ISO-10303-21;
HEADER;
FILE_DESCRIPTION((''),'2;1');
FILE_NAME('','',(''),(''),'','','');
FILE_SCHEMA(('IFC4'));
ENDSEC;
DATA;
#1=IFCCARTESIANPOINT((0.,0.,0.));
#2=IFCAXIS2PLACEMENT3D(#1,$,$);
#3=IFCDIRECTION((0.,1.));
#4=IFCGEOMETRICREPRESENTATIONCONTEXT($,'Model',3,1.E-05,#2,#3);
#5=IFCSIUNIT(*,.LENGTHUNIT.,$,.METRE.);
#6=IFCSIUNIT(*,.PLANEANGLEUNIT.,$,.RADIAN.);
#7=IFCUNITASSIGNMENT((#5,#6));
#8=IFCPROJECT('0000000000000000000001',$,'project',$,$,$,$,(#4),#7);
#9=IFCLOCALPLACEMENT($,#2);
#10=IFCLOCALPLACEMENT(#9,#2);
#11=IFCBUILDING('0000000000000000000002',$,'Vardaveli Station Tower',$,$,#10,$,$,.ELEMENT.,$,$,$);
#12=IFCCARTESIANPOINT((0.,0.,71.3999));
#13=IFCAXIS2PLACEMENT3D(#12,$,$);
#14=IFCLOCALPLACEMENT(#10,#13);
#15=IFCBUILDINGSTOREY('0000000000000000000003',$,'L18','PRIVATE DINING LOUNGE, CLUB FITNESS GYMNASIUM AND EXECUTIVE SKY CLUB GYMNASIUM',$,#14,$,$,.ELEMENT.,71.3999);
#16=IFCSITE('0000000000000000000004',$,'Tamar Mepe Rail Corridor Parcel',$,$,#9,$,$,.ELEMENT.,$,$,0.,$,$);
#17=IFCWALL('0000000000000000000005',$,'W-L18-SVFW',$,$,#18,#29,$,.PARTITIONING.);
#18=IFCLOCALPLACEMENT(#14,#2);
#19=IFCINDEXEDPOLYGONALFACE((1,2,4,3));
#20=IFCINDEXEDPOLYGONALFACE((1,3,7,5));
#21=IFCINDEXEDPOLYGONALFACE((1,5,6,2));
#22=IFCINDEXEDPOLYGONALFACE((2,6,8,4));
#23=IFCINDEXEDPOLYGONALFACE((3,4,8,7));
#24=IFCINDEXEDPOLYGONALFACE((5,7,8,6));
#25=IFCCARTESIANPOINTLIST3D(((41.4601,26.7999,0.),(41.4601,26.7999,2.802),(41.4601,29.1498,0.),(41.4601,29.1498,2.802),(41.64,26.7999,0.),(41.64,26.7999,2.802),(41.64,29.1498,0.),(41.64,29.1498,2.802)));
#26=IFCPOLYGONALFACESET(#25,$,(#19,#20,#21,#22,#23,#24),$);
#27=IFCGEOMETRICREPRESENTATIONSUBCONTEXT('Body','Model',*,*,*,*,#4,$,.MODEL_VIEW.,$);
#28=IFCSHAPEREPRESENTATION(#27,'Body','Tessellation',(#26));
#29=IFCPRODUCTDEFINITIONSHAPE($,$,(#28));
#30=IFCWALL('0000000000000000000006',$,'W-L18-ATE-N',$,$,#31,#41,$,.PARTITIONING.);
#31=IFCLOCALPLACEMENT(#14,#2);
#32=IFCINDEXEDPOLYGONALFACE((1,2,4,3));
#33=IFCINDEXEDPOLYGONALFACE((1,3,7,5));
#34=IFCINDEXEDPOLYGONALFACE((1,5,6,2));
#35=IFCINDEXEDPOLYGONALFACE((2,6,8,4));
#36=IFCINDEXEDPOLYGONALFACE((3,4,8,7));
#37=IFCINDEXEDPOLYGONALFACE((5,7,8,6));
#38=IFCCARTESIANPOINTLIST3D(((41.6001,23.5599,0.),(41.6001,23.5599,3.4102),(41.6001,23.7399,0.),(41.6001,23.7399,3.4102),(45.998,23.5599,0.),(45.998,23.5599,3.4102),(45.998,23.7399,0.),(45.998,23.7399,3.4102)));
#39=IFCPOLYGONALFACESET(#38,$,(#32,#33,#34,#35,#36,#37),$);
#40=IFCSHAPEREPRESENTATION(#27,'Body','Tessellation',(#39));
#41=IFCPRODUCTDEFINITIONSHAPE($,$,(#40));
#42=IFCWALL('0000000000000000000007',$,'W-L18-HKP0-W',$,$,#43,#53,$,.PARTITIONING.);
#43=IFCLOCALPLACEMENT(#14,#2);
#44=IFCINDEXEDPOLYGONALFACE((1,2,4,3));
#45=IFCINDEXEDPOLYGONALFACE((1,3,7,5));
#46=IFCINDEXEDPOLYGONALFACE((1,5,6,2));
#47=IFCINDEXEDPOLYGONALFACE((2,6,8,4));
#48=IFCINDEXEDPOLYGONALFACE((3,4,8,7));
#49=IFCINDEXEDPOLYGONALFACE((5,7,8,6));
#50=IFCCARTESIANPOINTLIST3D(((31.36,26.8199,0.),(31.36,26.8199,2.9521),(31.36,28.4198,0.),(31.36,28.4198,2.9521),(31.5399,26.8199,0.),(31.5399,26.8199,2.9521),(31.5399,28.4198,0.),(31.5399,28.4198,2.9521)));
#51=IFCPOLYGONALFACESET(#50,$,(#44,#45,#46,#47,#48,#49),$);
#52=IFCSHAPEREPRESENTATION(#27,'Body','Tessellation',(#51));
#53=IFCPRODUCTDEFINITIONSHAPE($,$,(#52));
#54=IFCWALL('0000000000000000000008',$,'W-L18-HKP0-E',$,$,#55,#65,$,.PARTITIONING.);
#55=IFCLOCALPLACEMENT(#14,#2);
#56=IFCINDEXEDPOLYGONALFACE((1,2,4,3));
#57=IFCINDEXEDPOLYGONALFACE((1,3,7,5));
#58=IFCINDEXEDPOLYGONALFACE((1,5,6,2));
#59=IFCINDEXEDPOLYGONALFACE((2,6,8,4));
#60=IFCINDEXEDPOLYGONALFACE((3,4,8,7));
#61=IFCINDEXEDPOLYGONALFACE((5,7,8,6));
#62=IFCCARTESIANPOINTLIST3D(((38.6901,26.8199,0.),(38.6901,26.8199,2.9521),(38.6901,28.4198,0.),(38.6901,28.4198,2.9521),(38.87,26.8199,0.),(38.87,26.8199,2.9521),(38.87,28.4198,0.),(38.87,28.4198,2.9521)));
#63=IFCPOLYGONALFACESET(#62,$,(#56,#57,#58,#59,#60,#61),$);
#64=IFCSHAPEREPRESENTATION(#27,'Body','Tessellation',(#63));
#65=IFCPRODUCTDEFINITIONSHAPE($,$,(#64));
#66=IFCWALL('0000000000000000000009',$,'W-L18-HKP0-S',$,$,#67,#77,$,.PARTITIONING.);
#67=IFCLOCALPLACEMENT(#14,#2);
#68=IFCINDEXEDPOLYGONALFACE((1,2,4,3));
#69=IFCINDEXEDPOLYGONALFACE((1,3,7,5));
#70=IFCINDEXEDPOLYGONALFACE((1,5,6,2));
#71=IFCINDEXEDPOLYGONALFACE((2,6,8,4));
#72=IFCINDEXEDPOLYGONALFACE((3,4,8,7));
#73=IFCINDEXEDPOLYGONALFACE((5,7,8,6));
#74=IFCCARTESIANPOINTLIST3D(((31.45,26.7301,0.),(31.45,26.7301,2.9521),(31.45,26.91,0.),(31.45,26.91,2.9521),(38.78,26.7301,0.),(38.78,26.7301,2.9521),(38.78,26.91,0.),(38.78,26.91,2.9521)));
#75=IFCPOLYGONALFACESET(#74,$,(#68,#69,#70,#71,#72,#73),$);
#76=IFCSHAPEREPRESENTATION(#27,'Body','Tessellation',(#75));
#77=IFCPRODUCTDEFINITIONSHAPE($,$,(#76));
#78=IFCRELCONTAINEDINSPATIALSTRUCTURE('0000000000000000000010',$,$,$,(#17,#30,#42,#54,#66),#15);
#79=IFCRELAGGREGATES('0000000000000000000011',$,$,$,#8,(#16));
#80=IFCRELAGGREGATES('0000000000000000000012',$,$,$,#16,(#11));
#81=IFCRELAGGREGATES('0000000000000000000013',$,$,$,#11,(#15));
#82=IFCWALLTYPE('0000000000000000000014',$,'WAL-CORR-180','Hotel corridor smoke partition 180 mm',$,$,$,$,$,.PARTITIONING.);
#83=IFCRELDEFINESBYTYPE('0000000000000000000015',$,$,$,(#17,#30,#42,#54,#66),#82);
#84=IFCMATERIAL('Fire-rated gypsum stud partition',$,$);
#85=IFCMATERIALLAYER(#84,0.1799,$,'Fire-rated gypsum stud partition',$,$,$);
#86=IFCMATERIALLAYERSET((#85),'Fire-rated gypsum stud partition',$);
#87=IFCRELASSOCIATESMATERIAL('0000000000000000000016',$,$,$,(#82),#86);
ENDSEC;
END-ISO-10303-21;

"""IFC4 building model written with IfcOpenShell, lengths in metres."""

from ifc_helpers import new_model, si_unit, direction, frame, frame_2d, origin, place, context, subcontext, project, spatial, rectangle, extrude, source, transform, mapped, material, layer, layer_set, type_object, element, save


model = new_model("IFC4")

# Units and contexts
model_context = context("Model", 3, precision=1e-05, world=origin(), true_north=direction((0.0, 1.0)))
body_context = subcontext(model_context, "Body", "Model", "MODEL_VIEW")
ifc_project = project(units=[si_unit("LENGTHUNIT", "METRE"), si_unit("PLANEANGLEUNIT", "RADIAN")], contexts=[model_context])

# Site, building, storey
site_placement = place(None, origin())
site = spatial("IfcSite", under=ifc_project, at=site_placement, Name="Tamar Mepe Rail Corridor Parcel", CompositionType="ELEMENT", RefElevation=0.0)
building_placement = place(site_placement, origin())
building = spatial("IfcBuilding", under=site, at=building_placement, Name="Vardaveli Station Tower", CompositionType="ELEMENT")
storey_placement = place(building_placement, frame((0.0, 0.0, 71.3999)))
storey = spatial("IfcBuildingStorey", under=building, at=storey_placement, Name="L18", Description="PRIVATE DINING LOUNGE, CLUB FITNESS GYMNASIUM AND EXECUTIVE SKY CLUB GYMNASIUM", CompositionType="ELEMENT", Elevation=71.3999)

# Walls
ifc_material_1 = material(Name="Fire-rated gypsum stud partition")
ifc_layer_1 = layer(ifc_material_1, 0.1799, Name="Fire-rated gypsum stud partition")
ifc_layer_set_1 = layer_set([ifc_layer_1], Name="Fire-rated gypsum stud partition")
wall_type_1 = type_object("IfcWallType", Name="WAL-CORR-180", Description="Hotel corridor smoke partition 180 mm", PredefinedType="PARTITIONING", material=ifc_layer_set_1)
shared_shape_1 = source(origin(), body_context, "Body", "SweptSolid", [
    extrude(rectangle(XDim=2.3499, YDim=0.1799, at=frame_2d((1.1748, 0.0))), origin(), (0.0, 0.0, 1.0), 2.802),
])
wall_1_placement = place(storey_placement, frame((41.55, 26.8, 0.0), z_axis=(0.0, 0.0, 1.0), x_axis=(0.0, 1.0, 0.0)))
element("IfcWall", 1, at=wall_1_placement, inside=storey, type_object=wall_type_1, Name="W-L18-SVFW", PredefinedType="PARTITIONING", context=body_context, shape_type="MappedRepresentation", body=[
    mapped(shared_shape_1, transform((0.0, 0.0, 0.0), scale=1.0)),
])
shared_shape_2 = source(origin(), body_context, "Body", "SweptSolid", [
    extrude(rectangle(XDim=4.3979, YDim=0.1799, at=frame_2d((2.199, 0.0))), origin(), (0.0, 0.0, 1.0), 3.4102),
])
wall_2_placement = place(storey_placement, frame((41.6001, 23.6499, 0.0), z_axis=(0.0, 0.0, 1.0), x_axis=(1.0, 0.0, 0.0)))
element("IfcWall", 2, at=wall_2_placement, inside=storey, type_object=wall_type_1, Name="W-L18-ATE-N", PredefinedType="PARTITIONING", context=body_context, shape_type="MappedRepresentation", body=[
    mapped(shared_shape_2, transform((0.0, 0.0, 0.0), scale=1.0)),
])
shared_shape_3 = source(origin(), body_context, "Body", "SweptSolid", [
    extrude(rectangle(XDim=1.5999, YDim=0.1799, at=frame_2d((0.7998, 0.0))), origin(), (0.0, 0.0, 1.0), 2.9521),
])
for number, where, z_axis, x_axis, name in (
    (3, (31.45, 26.8201, 0.0), (0.0, 0.0, 1.0), (0.0, 1.0, 0.0), "W-L18-HKP0-W"),
    (4, (38.78, 26.8201, 0.0), (0.0, 0.0, 1.0), (0.0, 1.0, 0.0), "W-L18-HKP0-E"),
):
    element("IfcWall", number, at=place(storey_placement, frame(where, z_axis=z_axis, x_axis=x_axis)), inside=storey, type_object=wall_type_1, Name=name, PredefinedType="PARTITIONING", context=body_context, shape_type="MappedRepresentation", body=[
        mapped(shared_shape_3, transform((0.0, 0.0, 0.0), scale=1.0)),
    ])
shared_shape_4 = source(origin(), body_context, "Body", "SweptSolid", [
    extrude(rectangle(XDim=7.3301, YDim=0.1799, at=frame_2d((3.665, 0.0))), origin(), (0.0, 0.0, 1.0), 2.9521),
])
wall_3_placement = place(storey_placement, frame((31.45, 26.8201, 0.0), z_axis=(0.0, 0.0, 1.0), x_axis=(1.0, 0.0, 0.0)))
element("IfcWall", 5, at=wall_3_placement, inside=storey, type_object=wall_type_1, Name="W-L18-HKP0-S", PredefinedType="PARTITIONING", context=body_context, shape_type="MappedRepresentation", body=[
    mapped(shared_shape_4, transform((0.0, 0.0, 0.0), scale=1.0)),
])

save(model, "model.ifc")
